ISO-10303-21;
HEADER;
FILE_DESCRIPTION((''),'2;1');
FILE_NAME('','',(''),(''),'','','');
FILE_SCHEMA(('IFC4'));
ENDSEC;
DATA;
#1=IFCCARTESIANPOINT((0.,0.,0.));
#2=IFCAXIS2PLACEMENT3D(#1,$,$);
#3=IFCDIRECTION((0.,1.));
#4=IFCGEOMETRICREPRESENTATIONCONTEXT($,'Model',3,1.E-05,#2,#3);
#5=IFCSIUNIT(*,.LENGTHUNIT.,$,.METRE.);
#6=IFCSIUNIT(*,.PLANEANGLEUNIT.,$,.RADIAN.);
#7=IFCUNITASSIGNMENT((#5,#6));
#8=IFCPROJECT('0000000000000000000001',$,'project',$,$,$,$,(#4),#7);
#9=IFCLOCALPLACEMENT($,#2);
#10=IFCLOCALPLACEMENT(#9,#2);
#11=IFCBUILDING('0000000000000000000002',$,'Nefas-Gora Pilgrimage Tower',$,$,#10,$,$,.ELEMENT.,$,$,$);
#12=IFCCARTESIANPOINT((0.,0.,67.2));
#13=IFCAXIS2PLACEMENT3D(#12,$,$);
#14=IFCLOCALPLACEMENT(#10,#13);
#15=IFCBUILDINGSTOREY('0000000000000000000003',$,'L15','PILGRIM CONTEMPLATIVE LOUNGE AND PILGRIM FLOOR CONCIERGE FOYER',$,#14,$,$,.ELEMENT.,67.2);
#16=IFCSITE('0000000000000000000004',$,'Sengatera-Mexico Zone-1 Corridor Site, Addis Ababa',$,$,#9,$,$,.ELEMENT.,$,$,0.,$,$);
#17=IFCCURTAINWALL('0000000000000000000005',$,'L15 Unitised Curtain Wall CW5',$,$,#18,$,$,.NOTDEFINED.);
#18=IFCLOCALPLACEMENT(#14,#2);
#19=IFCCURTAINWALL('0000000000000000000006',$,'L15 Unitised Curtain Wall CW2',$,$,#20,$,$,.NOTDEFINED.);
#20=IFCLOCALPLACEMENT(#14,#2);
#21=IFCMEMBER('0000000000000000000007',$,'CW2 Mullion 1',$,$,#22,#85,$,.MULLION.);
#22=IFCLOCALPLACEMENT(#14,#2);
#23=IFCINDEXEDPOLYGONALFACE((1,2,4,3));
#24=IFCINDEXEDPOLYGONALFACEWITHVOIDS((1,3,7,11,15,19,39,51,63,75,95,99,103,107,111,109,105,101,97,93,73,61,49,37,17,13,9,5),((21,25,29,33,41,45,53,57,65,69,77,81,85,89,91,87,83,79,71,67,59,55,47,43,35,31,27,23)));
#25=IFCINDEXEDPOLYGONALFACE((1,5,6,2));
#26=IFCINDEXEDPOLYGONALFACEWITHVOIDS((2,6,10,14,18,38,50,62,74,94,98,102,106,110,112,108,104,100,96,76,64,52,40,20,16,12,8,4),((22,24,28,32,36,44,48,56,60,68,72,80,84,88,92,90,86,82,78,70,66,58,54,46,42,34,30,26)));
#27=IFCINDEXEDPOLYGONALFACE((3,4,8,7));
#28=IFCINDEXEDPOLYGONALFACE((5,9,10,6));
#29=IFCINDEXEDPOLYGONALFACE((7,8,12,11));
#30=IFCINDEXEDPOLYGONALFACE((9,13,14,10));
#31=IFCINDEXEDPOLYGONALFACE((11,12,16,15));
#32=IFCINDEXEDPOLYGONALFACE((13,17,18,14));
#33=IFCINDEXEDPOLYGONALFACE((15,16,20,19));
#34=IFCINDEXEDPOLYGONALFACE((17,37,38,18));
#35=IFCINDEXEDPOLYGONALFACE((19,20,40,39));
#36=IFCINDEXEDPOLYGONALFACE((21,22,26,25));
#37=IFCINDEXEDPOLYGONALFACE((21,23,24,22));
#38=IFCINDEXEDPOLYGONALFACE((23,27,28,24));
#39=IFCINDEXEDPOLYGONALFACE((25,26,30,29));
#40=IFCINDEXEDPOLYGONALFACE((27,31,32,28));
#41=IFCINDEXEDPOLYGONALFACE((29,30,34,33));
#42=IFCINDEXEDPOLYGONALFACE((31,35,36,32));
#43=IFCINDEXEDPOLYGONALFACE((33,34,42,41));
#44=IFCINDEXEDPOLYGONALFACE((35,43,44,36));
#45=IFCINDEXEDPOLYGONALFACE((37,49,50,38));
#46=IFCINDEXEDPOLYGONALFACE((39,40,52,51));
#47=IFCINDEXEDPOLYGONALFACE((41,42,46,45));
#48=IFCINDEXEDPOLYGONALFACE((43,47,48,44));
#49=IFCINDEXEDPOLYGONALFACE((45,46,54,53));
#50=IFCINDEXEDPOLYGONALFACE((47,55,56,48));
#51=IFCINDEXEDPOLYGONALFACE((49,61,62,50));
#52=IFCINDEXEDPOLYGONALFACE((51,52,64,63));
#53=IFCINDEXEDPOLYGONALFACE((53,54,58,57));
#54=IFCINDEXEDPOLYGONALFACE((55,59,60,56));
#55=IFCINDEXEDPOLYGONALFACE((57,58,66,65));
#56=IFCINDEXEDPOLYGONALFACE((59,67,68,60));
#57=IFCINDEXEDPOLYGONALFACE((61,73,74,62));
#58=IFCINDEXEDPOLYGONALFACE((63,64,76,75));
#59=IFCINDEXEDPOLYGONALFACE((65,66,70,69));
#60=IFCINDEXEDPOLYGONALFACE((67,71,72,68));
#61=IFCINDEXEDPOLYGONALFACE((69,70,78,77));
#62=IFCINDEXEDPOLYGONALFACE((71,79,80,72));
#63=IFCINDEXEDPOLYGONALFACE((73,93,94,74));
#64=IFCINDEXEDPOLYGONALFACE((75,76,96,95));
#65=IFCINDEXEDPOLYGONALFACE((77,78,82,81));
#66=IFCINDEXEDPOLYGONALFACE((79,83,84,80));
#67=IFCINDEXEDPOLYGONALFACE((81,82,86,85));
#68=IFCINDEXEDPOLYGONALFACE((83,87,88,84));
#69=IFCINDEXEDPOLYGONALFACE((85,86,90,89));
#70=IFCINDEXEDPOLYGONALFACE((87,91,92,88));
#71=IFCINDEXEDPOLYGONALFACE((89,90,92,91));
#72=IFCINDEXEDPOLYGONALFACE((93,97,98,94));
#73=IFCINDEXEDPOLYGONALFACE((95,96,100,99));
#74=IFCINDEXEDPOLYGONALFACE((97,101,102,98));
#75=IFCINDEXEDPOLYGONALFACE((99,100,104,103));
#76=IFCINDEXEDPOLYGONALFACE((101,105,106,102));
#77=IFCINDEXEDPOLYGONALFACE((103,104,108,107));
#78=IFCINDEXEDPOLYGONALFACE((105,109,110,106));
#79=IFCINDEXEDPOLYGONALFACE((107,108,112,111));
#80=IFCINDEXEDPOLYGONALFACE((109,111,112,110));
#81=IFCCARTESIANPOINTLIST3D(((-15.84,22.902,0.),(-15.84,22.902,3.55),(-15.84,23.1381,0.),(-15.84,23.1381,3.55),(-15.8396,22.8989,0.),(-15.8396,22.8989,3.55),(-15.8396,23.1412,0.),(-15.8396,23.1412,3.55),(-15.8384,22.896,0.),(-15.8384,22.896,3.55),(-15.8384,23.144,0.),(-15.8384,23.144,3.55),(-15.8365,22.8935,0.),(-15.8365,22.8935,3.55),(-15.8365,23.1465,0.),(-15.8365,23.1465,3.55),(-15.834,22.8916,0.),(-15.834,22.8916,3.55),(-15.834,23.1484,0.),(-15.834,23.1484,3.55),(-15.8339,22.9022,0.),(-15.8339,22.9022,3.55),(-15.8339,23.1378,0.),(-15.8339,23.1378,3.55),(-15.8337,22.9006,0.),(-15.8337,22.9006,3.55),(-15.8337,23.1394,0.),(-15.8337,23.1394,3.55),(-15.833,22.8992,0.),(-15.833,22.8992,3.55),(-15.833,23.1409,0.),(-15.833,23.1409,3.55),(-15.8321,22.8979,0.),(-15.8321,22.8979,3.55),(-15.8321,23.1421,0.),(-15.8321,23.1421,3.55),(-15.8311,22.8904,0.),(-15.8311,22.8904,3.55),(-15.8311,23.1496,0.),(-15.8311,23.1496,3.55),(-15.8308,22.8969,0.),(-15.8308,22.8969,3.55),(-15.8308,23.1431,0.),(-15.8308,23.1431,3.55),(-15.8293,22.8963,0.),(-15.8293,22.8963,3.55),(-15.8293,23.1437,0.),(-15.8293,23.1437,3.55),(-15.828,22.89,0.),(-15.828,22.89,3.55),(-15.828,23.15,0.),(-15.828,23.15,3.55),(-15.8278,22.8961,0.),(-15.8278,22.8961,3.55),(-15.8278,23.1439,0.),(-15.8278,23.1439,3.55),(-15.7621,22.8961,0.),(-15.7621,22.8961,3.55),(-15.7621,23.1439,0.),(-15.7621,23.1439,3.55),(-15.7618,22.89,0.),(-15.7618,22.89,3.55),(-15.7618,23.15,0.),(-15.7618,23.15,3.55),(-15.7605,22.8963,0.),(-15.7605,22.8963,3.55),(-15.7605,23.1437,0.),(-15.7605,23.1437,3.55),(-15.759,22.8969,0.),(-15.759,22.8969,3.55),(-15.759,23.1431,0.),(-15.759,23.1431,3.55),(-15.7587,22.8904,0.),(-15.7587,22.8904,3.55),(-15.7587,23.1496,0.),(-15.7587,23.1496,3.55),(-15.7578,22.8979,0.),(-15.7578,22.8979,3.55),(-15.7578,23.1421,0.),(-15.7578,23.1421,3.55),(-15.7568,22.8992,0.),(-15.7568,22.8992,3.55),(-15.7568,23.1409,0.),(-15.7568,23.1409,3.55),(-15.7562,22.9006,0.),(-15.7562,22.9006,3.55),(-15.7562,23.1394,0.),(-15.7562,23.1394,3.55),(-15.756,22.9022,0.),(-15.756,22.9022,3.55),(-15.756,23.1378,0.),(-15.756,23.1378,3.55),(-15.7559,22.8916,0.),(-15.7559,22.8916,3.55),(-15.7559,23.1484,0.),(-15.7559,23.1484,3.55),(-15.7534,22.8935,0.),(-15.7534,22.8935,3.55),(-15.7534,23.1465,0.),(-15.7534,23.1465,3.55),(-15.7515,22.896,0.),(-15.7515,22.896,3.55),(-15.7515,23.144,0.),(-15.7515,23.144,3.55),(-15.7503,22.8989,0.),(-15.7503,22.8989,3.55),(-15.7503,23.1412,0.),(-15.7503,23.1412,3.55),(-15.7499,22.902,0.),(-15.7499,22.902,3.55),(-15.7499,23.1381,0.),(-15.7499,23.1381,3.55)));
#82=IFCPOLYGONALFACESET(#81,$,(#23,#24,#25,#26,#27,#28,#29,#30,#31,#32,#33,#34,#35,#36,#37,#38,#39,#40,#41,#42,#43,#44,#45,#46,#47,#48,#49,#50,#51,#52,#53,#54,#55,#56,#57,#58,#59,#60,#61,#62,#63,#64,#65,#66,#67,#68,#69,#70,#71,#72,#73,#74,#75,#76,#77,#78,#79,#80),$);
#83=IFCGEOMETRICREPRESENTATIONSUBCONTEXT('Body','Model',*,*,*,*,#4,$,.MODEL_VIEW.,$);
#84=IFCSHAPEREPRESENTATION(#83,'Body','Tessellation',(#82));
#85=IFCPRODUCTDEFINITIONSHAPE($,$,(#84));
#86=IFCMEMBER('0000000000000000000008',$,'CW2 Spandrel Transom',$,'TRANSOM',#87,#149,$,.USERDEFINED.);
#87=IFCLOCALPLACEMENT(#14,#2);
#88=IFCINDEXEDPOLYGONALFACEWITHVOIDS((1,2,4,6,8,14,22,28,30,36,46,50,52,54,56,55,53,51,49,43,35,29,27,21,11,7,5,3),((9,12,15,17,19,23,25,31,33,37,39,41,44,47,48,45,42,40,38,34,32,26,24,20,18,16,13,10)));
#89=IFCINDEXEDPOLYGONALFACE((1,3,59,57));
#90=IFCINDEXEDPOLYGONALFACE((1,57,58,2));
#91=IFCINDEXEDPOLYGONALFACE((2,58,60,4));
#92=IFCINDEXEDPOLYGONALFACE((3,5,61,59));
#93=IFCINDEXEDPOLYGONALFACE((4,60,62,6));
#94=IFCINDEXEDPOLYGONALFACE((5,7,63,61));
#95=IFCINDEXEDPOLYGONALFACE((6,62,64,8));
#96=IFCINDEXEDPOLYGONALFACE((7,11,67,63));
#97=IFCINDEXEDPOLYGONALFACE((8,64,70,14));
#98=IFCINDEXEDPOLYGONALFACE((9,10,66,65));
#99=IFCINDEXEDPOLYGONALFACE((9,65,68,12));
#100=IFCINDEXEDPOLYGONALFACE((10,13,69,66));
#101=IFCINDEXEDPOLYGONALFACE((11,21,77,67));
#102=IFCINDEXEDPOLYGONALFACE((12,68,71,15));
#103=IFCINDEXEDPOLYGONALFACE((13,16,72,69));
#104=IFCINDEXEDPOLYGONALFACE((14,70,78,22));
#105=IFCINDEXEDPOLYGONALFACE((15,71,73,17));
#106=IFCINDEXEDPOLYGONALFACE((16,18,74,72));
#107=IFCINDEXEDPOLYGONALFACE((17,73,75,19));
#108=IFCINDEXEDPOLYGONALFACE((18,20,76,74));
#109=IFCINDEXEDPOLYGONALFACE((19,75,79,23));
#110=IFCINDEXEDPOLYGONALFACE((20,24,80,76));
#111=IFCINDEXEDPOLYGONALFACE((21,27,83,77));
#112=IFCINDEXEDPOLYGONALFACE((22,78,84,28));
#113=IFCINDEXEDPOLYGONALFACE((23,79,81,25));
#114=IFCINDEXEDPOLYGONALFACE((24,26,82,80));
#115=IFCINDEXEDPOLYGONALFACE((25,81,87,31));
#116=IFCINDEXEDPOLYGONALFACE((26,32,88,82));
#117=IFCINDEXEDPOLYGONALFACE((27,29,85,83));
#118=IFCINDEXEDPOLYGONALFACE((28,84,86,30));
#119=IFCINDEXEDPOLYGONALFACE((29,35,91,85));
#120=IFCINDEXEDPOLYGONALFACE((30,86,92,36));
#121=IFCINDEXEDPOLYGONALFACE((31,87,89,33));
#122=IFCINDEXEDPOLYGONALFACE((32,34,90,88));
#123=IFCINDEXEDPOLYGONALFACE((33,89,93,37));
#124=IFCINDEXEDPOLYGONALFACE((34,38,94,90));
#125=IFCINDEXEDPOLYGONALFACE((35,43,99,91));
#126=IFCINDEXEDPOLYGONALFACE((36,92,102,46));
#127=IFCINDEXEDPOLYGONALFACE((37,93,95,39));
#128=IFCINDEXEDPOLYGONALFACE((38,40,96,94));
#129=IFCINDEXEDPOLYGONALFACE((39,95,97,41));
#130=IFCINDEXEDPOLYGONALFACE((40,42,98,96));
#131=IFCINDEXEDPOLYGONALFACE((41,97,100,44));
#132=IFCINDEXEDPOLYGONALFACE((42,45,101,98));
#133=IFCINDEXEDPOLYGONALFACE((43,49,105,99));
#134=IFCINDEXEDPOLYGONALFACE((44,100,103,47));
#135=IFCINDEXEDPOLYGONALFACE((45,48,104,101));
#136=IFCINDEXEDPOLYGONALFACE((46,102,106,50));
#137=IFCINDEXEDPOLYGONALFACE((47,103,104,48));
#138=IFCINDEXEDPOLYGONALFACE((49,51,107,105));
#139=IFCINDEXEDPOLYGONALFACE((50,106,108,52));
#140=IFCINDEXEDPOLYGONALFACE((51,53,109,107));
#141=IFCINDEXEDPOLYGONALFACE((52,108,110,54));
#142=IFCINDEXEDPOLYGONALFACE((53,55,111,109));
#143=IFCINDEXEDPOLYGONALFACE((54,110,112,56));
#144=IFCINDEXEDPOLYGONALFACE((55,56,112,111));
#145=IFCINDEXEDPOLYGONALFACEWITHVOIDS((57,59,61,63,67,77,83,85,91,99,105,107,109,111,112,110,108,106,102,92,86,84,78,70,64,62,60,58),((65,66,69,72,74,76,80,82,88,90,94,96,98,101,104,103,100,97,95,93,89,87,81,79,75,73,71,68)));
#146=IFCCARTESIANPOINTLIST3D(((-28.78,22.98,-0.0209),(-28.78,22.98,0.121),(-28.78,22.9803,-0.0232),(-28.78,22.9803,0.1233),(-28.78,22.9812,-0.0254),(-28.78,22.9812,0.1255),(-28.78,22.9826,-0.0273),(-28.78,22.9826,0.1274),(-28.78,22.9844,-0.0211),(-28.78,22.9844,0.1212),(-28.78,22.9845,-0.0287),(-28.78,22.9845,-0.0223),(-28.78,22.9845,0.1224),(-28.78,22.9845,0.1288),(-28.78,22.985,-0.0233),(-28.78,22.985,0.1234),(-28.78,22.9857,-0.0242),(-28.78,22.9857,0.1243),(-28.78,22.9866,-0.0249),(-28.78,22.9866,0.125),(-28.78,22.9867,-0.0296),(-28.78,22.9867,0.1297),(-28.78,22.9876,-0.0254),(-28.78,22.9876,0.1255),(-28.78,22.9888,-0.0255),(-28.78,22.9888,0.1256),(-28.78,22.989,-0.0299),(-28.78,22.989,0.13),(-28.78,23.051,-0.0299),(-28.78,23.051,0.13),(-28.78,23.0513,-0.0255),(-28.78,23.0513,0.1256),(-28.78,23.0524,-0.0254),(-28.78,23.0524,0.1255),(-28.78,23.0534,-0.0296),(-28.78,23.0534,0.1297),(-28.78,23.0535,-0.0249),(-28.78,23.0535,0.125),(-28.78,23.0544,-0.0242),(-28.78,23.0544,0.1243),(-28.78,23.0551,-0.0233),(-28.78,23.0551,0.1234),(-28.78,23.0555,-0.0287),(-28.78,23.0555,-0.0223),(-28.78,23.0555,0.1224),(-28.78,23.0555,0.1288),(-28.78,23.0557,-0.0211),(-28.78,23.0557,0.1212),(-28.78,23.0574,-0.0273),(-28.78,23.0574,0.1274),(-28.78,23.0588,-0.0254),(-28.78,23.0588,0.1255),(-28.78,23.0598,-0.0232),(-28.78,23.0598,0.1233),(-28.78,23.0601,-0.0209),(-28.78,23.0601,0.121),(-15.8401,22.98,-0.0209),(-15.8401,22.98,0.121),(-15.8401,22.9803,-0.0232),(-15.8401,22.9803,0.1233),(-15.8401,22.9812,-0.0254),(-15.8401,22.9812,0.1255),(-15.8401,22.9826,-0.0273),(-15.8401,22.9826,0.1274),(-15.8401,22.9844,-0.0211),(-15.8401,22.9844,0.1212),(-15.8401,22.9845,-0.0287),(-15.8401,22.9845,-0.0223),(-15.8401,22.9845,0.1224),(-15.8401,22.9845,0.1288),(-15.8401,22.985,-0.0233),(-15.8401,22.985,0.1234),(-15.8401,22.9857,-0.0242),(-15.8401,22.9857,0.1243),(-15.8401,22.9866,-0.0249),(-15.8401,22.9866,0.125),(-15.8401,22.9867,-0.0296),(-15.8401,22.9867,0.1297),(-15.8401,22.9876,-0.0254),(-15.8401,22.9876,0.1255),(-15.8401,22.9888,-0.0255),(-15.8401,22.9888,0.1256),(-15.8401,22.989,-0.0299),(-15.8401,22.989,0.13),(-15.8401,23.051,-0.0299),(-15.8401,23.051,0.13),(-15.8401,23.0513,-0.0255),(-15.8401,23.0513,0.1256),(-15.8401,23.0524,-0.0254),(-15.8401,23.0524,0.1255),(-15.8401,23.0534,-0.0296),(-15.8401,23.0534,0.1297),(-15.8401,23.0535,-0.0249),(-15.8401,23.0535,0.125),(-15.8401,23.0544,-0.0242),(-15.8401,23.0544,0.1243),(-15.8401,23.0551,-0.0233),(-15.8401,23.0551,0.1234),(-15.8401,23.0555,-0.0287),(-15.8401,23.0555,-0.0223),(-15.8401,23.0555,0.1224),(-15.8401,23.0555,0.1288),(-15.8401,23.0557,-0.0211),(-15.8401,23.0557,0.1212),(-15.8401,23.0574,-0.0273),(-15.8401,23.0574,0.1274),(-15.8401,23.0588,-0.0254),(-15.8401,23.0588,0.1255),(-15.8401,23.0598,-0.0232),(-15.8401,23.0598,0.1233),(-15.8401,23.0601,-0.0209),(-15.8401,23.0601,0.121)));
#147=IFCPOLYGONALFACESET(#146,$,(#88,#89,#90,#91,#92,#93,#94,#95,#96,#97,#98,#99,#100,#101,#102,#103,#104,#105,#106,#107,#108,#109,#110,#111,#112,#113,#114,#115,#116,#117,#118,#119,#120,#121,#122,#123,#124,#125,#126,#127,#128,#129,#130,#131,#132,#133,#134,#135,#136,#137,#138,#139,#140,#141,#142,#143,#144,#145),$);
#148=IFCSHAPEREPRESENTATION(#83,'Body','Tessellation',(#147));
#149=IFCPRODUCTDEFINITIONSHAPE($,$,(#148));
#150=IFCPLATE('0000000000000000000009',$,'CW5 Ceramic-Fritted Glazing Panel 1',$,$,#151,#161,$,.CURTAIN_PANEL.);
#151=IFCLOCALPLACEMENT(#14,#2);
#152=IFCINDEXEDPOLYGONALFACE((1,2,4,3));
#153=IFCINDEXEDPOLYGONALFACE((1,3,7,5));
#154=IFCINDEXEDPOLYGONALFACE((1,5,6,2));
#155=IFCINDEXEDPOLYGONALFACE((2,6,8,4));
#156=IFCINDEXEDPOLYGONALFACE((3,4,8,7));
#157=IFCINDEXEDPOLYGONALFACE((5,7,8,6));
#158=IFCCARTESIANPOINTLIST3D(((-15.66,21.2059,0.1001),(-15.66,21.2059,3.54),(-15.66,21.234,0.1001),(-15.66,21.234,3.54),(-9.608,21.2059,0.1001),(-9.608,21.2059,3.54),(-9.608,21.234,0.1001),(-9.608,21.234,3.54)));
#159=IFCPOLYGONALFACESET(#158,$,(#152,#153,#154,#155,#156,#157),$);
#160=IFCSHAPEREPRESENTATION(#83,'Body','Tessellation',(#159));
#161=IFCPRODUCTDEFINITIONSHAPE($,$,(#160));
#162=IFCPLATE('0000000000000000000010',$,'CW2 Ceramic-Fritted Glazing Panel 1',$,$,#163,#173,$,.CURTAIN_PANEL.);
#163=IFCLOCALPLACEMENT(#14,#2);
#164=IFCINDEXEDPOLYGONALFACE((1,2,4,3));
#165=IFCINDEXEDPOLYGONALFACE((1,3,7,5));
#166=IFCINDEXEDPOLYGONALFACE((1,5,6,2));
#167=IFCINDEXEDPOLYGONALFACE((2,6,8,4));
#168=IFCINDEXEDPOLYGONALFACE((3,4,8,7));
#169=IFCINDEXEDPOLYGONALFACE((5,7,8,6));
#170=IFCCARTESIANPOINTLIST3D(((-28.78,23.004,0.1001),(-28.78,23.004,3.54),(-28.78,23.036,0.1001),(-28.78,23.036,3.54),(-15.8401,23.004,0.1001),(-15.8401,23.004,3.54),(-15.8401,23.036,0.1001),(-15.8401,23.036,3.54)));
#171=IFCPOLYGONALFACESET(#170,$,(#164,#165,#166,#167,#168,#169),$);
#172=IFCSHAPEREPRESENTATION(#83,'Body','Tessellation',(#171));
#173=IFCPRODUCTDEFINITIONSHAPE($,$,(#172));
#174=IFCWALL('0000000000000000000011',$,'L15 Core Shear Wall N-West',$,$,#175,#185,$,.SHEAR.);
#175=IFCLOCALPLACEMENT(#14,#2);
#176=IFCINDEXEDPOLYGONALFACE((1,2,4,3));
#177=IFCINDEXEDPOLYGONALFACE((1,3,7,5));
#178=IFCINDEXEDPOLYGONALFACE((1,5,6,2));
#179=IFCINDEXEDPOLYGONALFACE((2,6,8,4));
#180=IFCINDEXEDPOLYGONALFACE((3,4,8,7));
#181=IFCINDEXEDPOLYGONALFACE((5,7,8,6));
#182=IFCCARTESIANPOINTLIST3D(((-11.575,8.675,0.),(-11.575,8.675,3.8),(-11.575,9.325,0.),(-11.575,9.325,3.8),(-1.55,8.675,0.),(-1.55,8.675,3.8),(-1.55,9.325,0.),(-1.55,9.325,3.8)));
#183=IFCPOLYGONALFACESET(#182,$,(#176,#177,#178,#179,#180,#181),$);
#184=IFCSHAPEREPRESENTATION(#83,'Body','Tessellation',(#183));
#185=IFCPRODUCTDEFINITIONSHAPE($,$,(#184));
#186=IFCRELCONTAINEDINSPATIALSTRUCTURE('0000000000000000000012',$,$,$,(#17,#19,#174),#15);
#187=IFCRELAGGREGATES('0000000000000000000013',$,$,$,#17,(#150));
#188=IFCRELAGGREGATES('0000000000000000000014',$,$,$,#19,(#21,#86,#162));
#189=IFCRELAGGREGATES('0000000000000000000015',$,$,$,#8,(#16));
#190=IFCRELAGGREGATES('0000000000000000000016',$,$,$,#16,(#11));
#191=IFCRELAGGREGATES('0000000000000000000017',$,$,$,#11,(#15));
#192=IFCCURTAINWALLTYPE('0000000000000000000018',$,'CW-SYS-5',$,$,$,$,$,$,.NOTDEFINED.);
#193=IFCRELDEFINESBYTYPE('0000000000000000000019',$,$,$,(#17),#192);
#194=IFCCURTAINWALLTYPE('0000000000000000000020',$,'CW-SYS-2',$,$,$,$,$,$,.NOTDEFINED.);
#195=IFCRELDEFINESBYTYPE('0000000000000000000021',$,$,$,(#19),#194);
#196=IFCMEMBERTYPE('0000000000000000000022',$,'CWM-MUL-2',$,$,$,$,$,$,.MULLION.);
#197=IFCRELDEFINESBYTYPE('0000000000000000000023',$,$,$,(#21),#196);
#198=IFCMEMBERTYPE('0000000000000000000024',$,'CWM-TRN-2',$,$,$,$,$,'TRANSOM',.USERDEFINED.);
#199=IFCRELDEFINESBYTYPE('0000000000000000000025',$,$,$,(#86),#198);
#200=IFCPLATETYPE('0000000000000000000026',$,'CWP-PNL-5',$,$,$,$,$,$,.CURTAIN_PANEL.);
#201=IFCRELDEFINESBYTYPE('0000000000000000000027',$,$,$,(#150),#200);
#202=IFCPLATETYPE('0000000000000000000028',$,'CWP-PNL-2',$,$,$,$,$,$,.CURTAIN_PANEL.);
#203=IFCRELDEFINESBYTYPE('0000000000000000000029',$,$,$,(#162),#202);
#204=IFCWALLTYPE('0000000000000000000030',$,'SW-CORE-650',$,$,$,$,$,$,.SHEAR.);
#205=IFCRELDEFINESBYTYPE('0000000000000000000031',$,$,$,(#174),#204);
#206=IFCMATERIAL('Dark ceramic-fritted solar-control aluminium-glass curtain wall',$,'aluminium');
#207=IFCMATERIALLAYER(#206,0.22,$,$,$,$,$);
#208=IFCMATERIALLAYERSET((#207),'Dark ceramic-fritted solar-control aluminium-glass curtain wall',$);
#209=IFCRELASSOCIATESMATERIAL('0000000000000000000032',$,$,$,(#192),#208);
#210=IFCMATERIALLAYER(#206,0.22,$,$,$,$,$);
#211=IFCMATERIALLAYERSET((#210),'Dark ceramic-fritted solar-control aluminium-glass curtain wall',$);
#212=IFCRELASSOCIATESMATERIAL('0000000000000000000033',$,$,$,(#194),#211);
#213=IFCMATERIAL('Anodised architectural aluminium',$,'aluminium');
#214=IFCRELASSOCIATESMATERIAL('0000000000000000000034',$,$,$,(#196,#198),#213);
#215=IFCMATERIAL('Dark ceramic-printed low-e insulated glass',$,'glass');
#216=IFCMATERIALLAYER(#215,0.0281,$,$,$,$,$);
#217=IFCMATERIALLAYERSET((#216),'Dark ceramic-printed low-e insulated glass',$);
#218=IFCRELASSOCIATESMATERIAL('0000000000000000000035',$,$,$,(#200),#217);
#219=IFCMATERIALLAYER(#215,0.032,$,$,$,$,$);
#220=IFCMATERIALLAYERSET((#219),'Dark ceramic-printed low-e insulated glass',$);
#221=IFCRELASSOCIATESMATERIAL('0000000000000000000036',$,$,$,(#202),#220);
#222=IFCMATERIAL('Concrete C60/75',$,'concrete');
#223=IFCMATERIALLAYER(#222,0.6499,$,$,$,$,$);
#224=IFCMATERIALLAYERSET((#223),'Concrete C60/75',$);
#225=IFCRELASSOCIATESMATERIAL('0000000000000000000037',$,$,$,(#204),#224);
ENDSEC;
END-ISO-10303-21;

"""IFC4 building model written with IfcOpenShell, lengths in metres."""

from ifc_helpers import new_model, si_unit, direction, frame, frame_2d, origin, origin_2d, place, context, subcontext, project, spatial, rectangle, hollow_rectangle, extrude, source, transform, mapped, material, layer, layer_set, material_profile, profile_set, type_object, element, aggregate, save


model = new_model("IFC4")

# Units and contexts
model_context = context("Model", 3, precision=1e-05, world=origin(), true_north=direction((0.0, 1.0)))
body_context = subcontext(model_context, "Body", "Model", "MODEL_VIEW")
ifc_project = project(units=[si_unit("LENGTHUNIT", "METRE"), si_unit("PLANEANGLEUNIT", "RADIAN")], contexts=[model_context])

# Site, building, storey
site_placement = place(None, origin())
site = spatial("IfcSite", under=ifc_project, at=site_placement, Name="Sengatera-Mexico Zone-1 Corridor Site, Addis Ababa", CompositionType="ELEMENT", RefElevation=0.0)
building_placement = place(site_placement, origin())
building = spatial("IfcBuilding", under=site, at=building_placement, Name="Nefas-Gora Pilgrimage Tower", CompositionType="ELEMENT")
storey_placement = place(building_placement, frame((0.0, 0.0, 67.2)))
storey = spatial("IfcBuildingStorey", under=building, at=storey_placement, Name="L15", Description="PILGRIM CONTEMPLATIVE LOUNGE AND PILGRIM FLOOR CONCIERGE FOYER", CompositionType="ELEMENT", Elevation=67.2)

# Curtain wall
ifc_material_1 = material(Name="Dark ceramic-fritted solar-control aluminium-glass curtain wall", Category="aluminium")
ifc_layer_1 = layer(ifc_material_1, 0.22)
ifc_layer_set_1 = layer_set([ifc_layer_1], Name="Dark ceramic-fritted solar-control aluminium-glass curtain wall")
curtain_wall_type_1 = type_object("IfcCurtainWallType", Name="CW-SYS-5", PredefinedType="NOTDEFINED", material=ifc_layer_set_1)
curtain_wall_1_placement = place(storey_placement, origin())
curtain_wall_1 = element("IfcCurtainWall", 1, at=curtain_wall_1_placement, inside=storey, type_object=curtain_wall_type_1, Name="L15 Unitised Curtain Wall CW5", PredefinedType="NOTDEFINED")
ifc_material_2 = material(Name="Anodised architectural aluminium", Category="aluminium")

# Curtain wall, members
ifc_layer_2 = layer(ifc_material_1, 0.22)
ifc_layer_set_2 = layer_set([ifc_layer_2], Name="Dark ceramic-fritted solar-control aluminium-glass curtain wall")
curtain_wall_type_2 = type_object("IfcCurtainWallType", Name="CW-SYS-2", PredefinedType="NOTDEFINED", material=ifc_layer_set_2)
curtain_wall_2_placement = place(storey_placement, origin())
curtain_wall_2 = element("IfcCurtainWall", 2, at=curtain_wall_2_placement, inside=storey, type_object=curtain_wall_type_2, Name="L15 Unitised Curtain Wall CW2", PredefinedType="NOTDEFINED")
ifc_material_profile_1 = material_profile(ifc_material_2, hollow_rectangle(XDim=0.0901, YDim=0.26, WallThickness=0.0061, InnerFilletRadius=0.0061, OuterFilletRadius=0.012, at=origin_2d()), Name="ALU MULLION 90x260")
ifc_profile_set_1 = profile_set([ifc_material_profile_1], Name="Anodised architectural aluminium")
member_type_1 = type_object("IfcMemberType", Name="CWM-MUL-2", PredefinedType="MULLION", material=ifc_profile_set_1)
shared_shape_1 = source(origin(), body_context, "Body", "SweptSolid", [
    extrude(hollow_rectangle(XDim=0.0901, YDim=0.26, WallThickness=0.0061, InnerFilletRadius=0.0061, OuterFilletRadius=0.012, at=origin_2d()), origin(), (0.0, 0.0, 1.0), 3.55),
])
member_1_placement = place(storey_placement, frame((-15.7949, 23.02, 0.0), z_axis=(0.0, 0.0, 1.0), x_axis=(-1.0, 0.0, 0.0)))
member_1 = element("IfcMember", 3, at=member_1_placement, type_object=member_type_1, Name="CW2 Mullion 1", PredefinedType="MULLION", context=body_context, shape_type="MappedRepresentation", body=[
    mapped(shared_shape_1, transform((0.0, 0.0, 0.0), x_axis=(1.0, 0.0, 0.0), y_axis=(0.0, 1.0, 0.0), z_axis=(0.0, 0.0, 1.0), scale=1.0)),
])
ifc_material_profile_2 = material_profile(ifc_material_2, hollow_rectangle(XDim=0.0801, YDim=0.1599, WallThickness=0.0044, InnerFilletRadius=0.0044, OuterFilletRadius=0.009, at=origin_2d()), Name="ALU TRANSOM 80x160")
ifc_profile_set_2 = profile_set([ifc_material_profile_2], Name="Anodised architectural aluminium")
member_type_2 = type_object("IfcMemberType", Name="CWM-TRN-2", ElementType="TRANSOM", PredefinedType="USERDEFINED", material=ifc_profile_set_2)
shared_shape_2 = source(origin(), body_context, "Body", "SweptSolid", [
    extrude(hollow_rectangle(XDim=0.0801, YDim=0.1599, WallThickness=0.0044, InnerFilletRadius=0.0044, OuterFilletRadius=0.009, at=origin_2d()), origin(), (0.0, 0.0, 1.0), 12.9399),
])
member_2_placement = place(storey_placement, frame((-15.8401, 23.02, 0.05), z_axis=(-1.0, 0.0, 0.0), x_axis=(0.0, -1.0, 0.0)))
member_2 = element("IfcMember", 4, at=member_2_placement, type_object=member_type_2, Name="CW2 Spandrel Transom", ObjectType="TRANSOM", PredefinedType="USERDEFINED", context=body_context, shape_type="MappedRepresentation", body=[
    mapped(shared_shape_2, transform((0.0, 0.0, 0.0), x_axis=(1.0, 0.0, 0.0), y_axis=(0.0, 1.0, 0.0), z_axis=(0.0, 0.0, 1.0), scale=1.0)),
])

# Plates
ifc_material_3 = material(Name="Dark ceramic-printed low-e insulated glass", Category="glass")
ifc_layer_3 = layer(ifc_material_3, 0.0281)
ifc_layer_set_3 = layer_set([ifc_layer_3], Name="Dark ceramic-printed low-e insulated glass")
plate_type_1 = type_object("IfcPlateType", Name="CWP-PNL-5", PredefinedType="CURTAIN_PANEL", material=ifc_layer_set_3)
shared_shape_3 = source(origin(), body_context, "Body", "SweptSolid", [
    extrude(rectangle(XDim=6.052, YDim=0.0281, at=origin_2d()), origin(), (0.0, 0.0, 1.0), 3.4399),
])
plate_1_placement = place(storey_placement, frame((-12.634, 21.22, 0.1001), z_axis=(0.0, 0.0, 1.0), x_axis=(-1.0, 0.0, 0.0)))
plate_1 = element("IfcPlate", 5, at=plate_1_placement, type_object=plate_type_1, Name="CW5 Ceramic-Fritted Glazing Panel 1", PredefinedType="CURTAIN_PANEL", context=body_context, shape_type="MappedRepresentation", body=[
    mapped(shared_shape_3, transform((0.0, 0.0, 0.0), x_axis=(1.0, 0.0, 0.0), y_axis=(0.0, 1.0, 0.0), z_axis=(0.0, 0.0, 1.0), scale=1.0)),
])
aggregate(curtain_wall_1, [plate_1])
ifc_layer_4 = layer(ifc_material_3, 0.032)
ifc_layer_set_4 = layer_set([ifc_layer_4], Name="Dark ceramic-printed low-e insulated glass")
plate_type_2 = type_object("IfcPlateType", Name="CWP-PNL-2", PredefinedType="CURTAIN_PANEL", material=ifc_layer_set_4)
shared_shape_4 = source(origin(), body_context, "Body", "SweptSolid", [
    extrude(rectangle(XDim=12.9399, YDim=0.032, at=origin_2d()), origin(), (0.0, 0.0, 1.0), 3.4399),
])
plate_2_placement = place(storey_placement, frame((-22.3101, 23.02, 0.1001), z_axis=(0.0, 0.0, 1.0), x_axis=(-1.0, 0.0, 0.0)))
plate_2 = element("IfcPlate", 6, at=plate_2_placement, type_object=plate_type_2, Name="CW2 Ceramic-Fritted Glazing Panel 1", PredefinedType="CURTAIN_PANEL", context=body_context, shape_type="MappedRepresentation", body=[
    mapped(shared_shape_4, transform((0.0, 0.0, 0.0), x_axis=(1.0, 0.0, 0.0), y_axis=(0.0, 1.0, 0.0), z_axis=(0.0, 0.0, 1.0), scale=1.0)),
])
aggregate(curtain_wall_2, [member_1, member_2, plate_2])

# Wall
ifc_material_4 = material(Name="Concrete C60/75", Category="concrete")
ifc_layer_5 = layer(ifc_material_4, 0.6499)
ifc_layer_set_5 = layer_set([ifc_layer_5], Name="Concrete C60/75")
wall_type_1 = type_object("IfcWallType", Name="SW-CORE-650", PredefinedType="SHEAR", material=ifc_layer_set_5)
shared_shape_5 = source(origin(), body_context, "Body", "SweptSolid", [
    extrude(rectangle(XDim=10.0249, YDim=0.6499, at=frame_2d((5.0125, 0.0))), origin(), (0.0, 0.0, 1.0), 3.8),
])
wall_1_placement = place(storey_placement, frame((-11.575, 9.0, 0.0), z_axis=(0.0, 0.0, 1.0), x_axis=(1.0, 0.0, 0.0)))
element("IfcWall", 7, at=wall_1_placement, inside=storey, type_object=wall_type_1, Name="L15 Core Shear Wall N-West", PredefinedType="SHEAR", context=body_context, shape_type="MappedRepresentation", body=[
    mapped(shared_shape_5, transform((0.0, 0.0, 0.0), x_axis=(1.0, 0.0, 0.0), y_axis=(0.0, 1.0, 0.0), z_axis=(0.0, 0.0, 1.0), scale=1.0)),
])

save(model, "model.ifc")
